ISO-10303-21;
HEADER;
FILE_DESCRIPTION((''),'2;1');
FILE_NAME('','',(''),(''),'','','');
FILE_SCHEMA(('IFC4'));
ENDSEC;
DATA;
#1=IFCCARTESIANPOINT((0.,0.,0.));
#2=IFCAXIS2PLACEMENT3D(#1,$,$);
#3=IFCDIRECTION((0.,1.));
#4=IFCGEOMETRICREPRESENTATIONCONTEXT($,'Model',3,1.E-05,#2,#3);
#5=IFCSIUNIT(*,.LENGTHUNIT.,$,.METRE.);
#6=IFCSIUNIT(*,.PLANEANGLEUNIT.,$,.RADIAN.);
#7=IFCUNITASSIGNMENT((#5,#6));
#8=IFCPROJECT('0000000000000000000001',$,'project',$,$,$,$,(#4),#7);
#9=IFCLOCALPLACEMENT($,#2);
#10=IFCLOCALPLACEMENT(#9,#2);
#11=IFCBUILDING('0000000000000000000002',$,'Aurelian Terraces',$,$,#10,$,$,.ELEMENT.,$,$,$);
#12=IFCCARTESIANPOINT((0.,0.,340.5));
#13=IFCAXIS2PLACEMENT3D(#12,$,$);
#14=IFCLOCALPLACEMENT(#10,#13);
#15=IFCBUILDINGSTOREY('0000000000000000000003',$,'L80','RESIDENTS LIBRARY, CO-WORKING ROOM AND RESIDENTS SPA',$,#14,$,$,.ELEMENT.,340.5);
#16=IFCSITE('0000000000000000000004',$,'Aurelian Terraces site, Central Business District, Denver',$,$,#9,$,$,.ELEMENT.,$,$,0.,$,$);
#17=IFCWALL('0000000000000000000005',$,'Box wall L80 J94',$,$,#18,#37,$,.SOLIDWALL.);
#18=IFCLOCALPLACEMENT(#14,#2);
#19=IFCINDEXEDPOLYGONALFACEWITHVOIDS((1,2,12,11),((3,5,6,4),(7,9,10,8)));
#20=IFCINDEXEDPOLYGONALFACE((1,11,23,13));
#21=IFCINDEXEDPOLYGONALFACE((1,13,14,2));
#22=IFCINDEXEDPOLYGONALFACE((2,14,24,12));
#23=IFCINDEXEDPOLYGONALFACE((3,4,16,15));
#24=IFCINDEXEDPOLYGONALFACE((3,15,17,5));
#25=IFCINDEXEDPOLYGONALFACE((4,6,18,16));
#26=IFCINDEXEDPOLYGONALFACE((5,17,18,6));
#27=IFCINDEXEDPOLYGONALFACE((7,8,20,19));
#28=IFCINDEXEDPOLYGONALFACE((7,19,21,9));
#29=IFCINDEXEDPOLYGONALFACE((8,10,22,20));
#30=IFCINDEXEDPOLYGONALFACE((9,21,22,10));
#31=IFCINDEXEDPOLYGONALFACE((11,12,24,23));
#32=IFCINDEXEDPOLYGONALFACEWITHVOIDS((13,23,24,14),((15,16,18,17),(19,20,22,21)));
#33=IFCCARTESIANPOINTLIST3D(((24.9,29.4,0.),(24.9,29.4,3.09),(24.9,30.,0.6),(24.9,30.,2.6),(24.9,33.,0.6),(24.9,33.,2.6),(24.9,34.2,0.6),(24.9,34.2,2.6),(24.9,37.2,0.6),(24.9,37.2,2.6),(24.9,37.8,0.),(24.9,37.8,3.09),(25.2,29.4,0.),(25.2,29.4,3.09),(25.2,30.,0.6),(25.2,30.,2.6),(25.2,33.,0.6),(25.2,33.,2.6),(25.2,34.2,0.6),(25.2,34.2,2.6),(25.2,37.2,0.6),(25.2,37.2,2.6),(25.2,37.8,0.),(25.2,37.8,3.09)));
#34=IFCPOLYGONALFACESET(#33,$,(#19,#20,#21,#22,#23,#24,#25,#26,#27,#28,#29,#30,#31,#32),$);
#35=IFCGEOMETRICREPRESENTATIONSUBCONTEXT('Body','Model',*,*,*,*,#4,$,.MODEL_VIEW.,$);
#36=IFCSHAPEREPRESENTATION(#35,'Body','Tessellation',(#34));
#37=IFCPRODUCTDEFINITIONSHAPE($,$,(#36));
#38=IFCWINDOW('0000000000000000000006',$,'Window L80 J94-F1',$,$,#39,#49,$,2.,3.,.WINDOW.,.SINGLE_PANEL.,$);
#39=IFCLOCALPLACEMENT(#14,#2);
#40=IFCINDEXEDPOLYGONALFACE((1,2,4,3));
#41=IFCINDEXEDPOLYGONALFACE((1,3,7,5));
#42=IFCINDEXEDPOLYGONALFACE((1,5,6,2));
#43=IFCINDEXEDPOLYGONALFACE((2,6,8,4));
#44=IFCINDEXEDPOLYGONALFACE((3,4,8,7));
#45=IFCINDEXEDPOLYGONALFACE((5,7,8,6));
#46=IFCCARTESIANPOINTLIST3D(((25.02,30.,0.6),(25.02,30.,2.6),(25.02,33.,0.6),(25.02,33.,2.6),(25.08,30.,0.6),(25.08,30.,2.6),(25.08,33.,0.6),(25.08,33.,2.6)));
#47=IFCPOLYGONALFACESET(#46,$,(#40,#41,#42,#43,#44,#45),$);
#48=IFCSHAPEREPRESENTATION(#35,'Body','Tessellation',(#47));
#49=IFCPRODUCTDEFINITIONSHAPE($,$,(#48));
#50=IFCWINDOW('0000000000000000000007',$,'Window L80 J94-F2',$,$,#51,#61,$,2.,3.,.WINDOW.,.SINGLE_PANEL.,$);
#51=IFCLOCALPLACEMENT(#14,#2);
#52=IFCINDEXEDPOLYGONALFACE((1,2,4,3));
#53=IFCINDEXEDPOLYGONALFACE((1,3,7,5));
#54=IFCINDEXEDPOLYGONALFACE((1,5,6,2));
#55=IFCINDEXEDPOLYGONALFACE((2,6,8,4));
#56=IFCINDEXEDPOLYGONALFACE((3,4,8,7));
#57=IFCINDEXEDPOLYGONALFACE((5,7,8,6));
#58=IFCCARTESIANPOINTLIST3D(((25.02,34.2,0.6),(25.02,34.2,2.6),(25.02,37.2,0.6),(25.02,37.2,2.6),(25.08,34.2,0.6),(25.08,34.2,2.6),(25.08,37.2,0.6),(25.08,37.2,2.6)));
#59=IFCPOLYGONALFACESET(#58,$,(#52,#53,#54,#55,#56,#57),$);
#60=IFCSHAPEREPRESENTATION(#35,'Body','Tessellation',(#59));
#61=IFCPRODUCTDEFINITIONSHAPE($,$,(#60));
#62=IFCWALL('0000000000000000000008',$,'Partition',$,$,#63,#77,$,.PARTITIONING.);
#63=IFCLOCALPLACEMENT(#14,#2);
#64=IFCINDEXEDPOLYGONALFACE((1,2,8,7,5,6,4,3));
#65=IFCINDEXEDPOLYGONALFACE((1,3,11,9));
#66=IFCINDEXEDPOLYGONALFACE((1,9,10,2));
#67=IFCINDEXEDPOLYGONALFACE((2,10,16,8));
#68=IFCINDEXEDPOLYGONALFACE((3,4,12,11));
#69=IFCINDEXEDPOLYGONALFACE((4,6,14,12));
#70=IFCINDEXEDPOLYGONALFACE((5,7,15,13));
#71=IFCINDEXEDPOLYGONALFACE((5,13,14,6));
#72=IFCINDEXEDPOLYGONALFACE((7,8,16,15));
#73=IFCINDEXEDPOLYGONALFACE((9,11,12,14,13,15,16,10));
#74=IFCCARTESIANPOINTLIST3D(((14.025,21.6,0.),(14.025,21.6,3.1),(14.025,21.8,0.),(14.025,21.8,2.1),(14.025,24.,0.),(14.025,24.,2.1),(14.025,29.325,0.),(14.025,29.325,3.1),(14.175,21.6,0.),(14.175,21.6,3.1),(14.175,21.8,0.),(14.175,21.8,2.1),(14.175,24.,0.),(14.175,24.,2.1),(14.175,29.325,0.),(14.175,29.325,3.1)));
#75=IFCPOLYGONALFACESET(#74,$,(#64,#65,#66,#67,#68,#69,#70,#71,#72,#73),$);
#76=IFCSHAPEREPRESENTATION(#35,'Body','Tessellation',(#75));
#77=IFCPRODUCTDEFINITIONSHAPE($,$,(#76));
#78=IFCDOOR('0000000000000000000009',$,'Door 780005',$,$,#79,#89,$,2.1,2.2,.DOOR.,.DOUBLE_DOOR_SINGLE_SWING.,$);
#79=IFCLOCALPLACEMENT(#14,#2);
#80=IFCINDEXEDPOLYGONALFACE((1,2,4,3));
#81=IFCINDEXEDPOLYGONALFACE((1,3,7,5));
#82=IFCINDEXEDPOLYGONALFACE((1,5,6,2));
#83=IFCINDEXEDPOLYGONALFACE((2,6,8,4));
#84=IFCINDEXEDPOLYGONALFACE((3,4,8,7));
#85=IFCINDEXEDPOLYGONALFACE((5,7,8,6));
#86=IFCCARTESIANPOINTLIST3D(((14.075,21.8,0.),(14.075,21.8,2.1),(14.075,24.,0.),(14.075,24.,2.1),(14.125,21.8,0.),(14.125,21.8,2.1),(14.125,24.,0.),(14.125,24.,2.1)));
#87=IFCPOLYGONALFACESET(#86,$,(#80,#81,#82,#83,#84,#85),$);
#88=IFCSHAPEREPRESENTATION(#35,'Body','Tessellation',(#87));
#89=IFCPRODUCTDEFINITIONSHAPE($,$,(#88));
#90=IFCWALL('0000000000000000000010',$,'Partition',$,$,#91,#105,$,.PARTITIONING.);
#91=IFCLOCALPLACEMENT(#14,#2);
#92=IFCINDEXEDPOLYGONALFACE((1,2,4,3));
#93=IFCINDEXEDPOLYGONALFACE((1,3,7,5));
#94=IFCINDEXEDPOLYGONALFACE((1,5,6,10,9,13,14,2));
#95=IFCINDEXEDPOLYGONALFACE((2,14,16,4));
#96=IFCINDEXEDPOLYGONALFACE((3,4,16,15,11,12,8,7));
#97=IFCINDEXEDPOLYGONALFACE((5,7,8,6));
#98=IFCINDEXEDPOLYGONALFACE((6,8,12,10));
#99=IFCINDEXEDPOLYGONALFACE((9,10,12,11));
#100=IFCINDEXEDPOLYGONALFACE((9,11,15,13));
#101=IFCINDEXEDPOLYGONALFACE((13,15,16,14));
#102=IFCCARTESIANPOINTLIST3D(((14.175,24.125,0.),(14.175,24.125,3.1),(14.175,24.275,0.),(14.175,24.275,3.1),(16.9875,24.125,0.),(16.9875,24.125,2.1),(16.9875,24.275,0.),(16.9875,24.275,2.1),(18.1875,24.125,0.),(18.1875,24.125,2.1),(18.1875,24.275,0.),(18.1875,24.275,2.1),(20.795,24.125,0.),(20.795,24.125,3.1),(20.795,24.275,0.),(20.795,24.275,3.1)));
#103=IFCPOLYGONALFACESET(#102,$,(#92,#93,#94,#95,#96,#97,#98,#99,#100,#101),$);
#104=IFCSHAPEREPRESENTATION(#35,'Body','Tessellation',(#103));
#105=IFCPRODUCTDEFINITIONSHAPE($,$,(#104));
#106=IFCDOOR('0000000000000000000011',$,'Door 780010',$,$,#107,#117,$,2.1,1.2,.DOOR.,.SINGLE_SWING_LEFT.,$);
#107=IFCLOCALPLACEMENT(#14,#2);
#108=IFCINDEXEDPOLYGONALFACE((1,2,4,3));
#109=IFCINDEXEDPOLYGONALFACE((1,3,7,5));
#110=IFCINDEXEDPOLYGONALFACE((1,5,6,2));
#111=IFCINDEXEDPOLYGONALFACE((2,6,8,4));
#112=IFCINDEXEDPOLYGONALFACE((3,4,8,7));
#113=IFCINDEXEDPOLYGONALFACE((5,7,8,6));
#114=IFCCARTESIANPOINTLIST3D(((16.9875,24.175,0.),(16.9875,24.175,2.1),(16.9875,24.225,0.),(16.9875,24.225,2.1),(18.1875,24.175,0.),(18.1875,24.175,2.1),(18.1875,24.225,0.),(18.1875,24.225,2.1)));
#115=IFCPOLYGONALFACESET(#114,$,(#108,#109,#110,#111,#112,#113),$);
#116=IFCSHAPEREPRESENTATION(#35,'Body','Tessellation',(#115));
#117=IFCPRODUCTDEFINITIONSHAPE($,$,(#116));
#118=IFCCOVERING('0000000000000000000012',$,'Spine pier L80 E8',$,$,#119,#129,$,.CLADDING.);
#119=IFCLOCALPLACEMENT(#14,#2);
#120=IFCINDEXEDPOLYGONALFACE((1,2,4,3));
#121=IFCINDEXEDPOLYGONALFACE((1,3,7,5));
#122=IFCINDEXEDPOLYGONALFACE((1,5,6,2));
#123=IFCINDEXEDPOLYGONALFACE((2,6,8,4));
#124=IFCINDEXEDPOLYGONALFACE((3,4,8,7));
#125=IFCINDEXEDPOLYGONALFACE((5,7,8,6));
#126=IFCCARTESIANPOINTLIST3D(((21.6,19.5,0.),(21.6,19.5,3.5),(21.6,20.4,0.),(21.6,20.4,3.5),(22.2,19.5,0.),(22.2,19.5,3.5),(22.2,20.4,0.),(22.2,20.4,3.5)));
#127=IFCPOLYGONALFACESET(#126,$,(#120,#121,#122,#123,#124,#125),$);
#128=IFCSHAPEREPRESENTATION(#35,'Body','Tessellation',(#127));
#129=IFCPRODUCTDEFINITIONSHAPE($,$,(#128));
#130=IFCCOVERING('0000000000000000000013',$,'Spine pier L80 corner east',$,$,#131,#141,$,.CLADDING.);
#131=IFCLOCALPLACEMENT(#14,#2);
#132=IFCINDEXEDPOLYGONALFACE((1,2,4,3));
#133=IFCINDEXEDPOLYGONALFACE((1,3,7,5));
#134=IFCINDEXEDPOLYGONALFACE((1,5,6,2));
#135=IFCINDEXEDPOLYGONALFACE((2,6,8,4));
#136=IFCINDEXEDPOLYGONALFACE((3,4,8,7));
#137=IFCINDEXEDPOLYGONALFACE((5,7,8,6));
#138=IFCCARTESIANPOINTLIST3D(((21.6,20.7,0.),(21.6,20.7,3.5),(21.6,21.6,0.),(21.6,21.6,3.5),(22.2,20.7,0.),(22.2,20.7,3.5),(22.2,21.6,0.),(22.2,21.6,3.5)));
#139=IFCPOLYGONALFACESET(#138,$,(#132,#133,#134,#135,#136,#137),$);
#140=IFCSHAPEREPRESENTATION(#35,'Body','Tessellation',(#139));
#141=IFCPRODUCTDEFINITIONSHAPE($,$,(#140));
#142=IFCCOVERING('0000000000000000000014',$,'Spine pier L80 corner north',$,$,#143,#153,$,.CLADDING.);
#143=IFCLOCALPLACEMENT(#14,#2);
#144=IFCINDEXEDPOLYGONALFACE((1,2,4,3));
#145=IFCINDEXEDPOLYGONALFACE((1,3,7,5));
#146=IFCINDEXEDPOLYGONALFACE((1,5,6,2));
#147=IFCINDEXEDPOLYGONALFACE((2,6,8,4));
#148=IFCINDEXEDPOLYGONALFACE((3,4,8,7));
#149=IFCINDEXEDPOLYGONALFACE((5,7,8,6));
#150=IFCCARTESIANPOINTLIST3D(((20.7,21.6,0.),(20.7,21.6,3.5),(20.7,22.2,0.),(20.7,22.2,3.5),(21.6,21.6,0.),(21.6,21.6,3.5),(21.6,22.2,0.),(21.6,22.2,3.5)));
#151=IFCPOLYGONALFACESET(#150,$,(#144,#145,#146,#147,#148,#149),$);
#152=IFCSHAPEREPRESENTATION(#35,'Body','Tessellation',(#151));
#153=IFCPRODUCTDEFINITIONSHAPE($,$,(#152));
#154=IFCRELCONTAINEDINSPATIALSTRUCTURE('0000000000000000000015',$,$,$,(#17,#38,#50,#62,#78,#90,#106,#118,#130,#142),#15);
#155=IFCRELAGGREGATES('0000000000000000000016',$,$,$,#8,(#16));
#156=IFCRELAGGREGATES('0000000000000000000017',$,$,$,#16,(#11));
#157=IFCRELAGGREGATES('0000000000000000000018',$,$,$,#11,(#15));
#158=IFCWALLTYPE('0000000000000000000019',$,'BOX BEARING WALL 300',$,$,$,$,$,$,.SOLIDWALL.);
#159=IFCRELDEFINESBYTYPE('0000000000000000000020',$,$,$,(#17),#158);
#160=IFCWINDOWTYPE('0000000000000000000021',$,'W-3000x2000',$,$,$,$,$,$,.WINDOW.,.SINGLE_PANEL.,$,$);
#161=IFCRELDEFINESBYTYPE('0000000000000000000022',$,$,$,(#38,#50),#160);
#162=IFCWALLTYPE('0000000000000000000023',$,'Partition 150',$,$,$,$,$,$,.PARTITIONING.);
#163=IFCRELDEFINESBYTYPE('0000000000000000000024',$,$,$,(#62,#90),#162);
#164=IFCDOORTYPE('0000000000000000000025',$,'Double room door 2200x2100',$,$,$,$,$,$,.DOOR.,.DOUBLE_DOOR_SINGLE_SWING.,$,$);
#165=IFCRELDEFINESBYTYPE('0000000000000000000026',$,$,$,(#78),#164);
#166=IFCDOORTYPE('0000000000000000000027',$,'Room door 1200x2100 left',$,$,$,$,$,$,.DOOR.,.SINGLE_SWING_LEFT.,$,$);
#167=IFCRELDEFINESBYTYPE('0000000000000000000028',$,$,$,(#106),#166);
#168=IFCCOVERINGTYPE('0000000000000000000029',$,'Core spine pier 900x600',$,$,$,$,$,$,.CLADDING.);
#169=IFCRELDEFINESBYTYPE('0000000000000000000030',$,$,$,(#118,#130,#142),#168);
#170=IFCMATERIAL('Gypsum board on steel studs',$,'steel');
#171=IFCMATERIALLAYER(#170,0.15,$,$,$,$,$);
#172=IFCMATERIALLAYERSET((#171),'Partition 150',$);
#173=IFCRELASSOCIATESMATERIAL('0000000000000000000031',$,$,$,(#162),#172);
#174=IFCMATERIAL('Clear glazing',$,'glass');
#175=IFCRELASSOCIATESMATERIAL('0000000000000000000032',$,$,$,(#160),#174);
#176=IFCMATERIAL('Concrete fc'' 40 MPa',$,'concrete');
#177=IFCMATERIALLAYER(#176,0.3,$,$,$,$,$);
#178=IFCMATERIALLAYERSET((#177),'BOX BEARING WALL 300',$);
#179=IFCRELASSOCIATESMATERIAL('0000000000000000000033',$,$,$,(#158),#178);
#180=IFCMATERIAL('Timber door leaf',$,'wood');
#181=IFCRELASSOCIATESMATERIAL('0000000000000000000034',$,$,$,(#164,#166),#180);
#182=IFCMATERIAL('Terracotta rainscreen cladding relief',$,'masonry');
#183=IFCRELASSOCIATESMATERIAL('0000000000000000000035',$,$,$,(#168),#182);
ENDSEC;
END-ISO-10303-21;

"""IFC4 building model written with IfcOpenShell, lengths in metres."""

from ifc_helpers import new_model, si_unit, direction, frame, frame_2d, origin, origin_2d, place, context, subcontext, project, spatial, rectangle, extrude, source, transform, mapped, material, layer, layer_set, type_object, element, fill, save


model = new_model("IFC4")

# Units and contexts
model_context = context("Model", 3, precision=1e-05, world=origin(), true_north=direction((0.0, 1.0)))
body_context = subcontext(model_context, "Body", "Model", "MODEL_VIEW")
ifc_project = project(units=[si_unit("LENGTHUNIT", "METRE"), si_unit("PLANEANGLEUNIT", "RADIAN")], contexts=[model_context])

# Site, building, storey
site_placement = place(None, origin())
site = spatial("IfcSite", under=ifc_project, at=site_placement, Name="Aurelian Terraces site, Central Business District, Denver", CompositionType="ELEMENT", RefElevation=0.0)
building_placement = place(site_placement, origin())
building = spatial("IfcBuilding", under=site, at=building_placement, Name="Aurelian Terraces", CompositionType="ELEMENT")
storey_placement = place(building_placement, frame((0.0, 0.0, 340.5)))
storey = spatial("IfcBuildingStorey", under=building, at=storey_placement, Name="L80", Description="RESIDENTS LIBRARY, CO-WORKING ROOM AND RESIDENTS SPA", CompositionType="ELEMENT", Elevation=340.5)

# Shared definitions
ifc_material_1 = material(Name="Gypsum board on steel studs", Category="steel")
ifc_layer_1 = layer(ifc_material_1, 0.15)
ifc_layer_set_1 = layer_set([ifc_layer_1], Name="Partition 150")
wall_type_1 = type_object("IfcWallType", Name="Partition 150", PredefinedType="PARTITIONING", material=ifc_layer_set_1)
shared_shape_1 = source(origin(), body_context, "Body", "SweptSolid", [
    extrude(rectangle(XDim=1.2, YDim=2.1, at=frame_2d((0.6, 1.05))), frame((0.0, 0.085, 0.0), z_axis=(0.0, -1.0, 0.0), x_axis=(1.0, 0.0, 0.0)), (0.0, 0.0, 1.0), 0.17),
])
ifc_material_2 = material(Name="Timber door leaf", Category="wood")
shared_shape_2 = source(origin(), body_context, "Body", "SweptSolid", [
    extrude(rectangle(XDim=1.2, YDim=2.1, at=frame_2d((0.6, 1.05))), frame((0.0, 0.025, 0.0), z_axis=(0.0, -1.0, 0.0), x_axis=(1.0, 0.0, 0.0)), (0.0, 0.0, 1.0), 0.05),
])

# Shared definitions
ifc_material_3 = material(Name="Concrete fc' 40 MPa", Category="concrete")
ifc_material_4 = material(Name="Clear glazing", Category="glass")

# Wall, openings, windows
shared_shape_3 = source(origin(), body_context, "Body", "SweptSolid", [
    extrude(rectangle(XDim=3.0, YDim=2.0, at=frame_2d((1.5, 1.0))), frame((0.0, 0.16, 0.0), z_axis=(0.0, -1.0, 0.0), x_axis=(1.0, 0.0, 0.0)), (0.0, 0.0, 1.0), 0.32),
])
window_type_1 = type_object("IfcWindowType", Name="W-3000x2000", PartitioningType="SINGLE_PANEL", PredefinedType="WINDOW", material=ifc_material_4)
shared_shape_4 = source(origin(), body_context, "Body", "SweptSolid", [
    extrude(rectangle(XDim=3.0, YDim=2.0, at=frame_2d((1.5, 1.0))), frame((0.0, 0.03, 0.0), z_axis=(0.0, -1.0, 0.0), x_axis=(1.0, 0.0, 0.0)), (0.0, 0.0, 1.0), 0.06),
])
ifc_layer_2 = layer(ifc_material_3, 0.3)
ifc_layer_set_2 = layer_set([ifc_layer_2], Name="BOX BEARING WALL 300")
wall_type_2 = type_object("IfcWallType", Name="BOX BEARING WALL 300", PredefinedType="SOLIDWALL", material=ifc_layer_set_2)
shared_shape_5 = source(origin(), body_context, "Body", "SweptSolid", [
    extrude(rectangle(XDim=8.4, YDim=0.3, at=frame_2d((4.2, 0.0))), origin(), (0.0, 0.0, 1.0), 3.09),
])
wall_1_placement = place(storey_placement, frame((25.05, 29.4, 0.0), z_axis=(0.0, 0.0, 1.0), x_axis=(0.0, 1.0, 0.0)))
wall_1 = element("IfcWall", 1, at=wall_1_placement, inside=storey, type_object=wall_type_2, Name="Box wall L80 J94", PredefinedType="SOLIDWALL", context=body_context, shape_type="MappedRepresentation", body=[
    mapped(shared_shape_5, transform((0.0, 0.0, 0.0), scale=1.0)),
])
opening_1_placement = place(wall_1_placement, frame((0.6, 0.0, 0.6)))
opening_1 = element("IfcOpeningElement", 2, at=opening_1_placement, cuts=wall_1, PredefinedType="OPENING", context=body_context, shape_type="MappedRepresentation", body=[
    mapped(shared_shape_3, transform((0.0, 0.0, 0.0), scale=1.0)),
])
opening_2_placement = place(wall_1_placement, frame((4.8, 0.0, 0.6)))
opening_2 = element("IfcOpeningElement", 3, at=opening_2_placement, cuts=wall_1, PredefinedType="OPENING", context=body_context, shape_type="MappedRepresentation", body=[
    mapped(shared_shape_3, transform((0.0, 0.0, 0.0), scale=1.0)),
])
window_1_placement = place(opening_1_placement, origin())
window_1 = element("IfcWindow", 4, at=window_1_placement, inside=storey, type_object=window_type_1, Name="Window L80 J94-F1", OverallHeight=2.0, OverallWidth=3.0, PartitioningType="SINGLE_PANEL", PredefinedType="WINDOW", context=body_context, shape_type="MappedRepresentation", body=[
    mapped(shared_shape_4, transform((0.0, 0.0, 0.0), scale=1.0)),
])
fill(opening_1, window_1)
window_2_placement = place(opening_2_placement, origin())
window_2 = element("IfcWindow", 5, at=window_2_placement, inside=storey, type_object=window_type_1, Name="Window L80 J94-F2", OverallHeight=2.0, OverallWidth=3.0, PartitioningType="SINGLE_PANEL", PredefinedType="WINDOW", context=body_context, shape_type="MappedRepresentation", body=[
    mapped(shared_shape_4, transform((0.0, 0.0, 0.0), scale=1.0)),
])
fill(opening_2, window_2)

# Walls, openings, doors
shared_shape_6 = source(origin(), body_context, "Body", "SweptSolid", [
    extrude(rectangle(XDim=7.725, YDim=0.15, at=frame_2d((3.8625, 0.0))), origin(), (0.0, 0.0, 1.0), 3.1),
])
wall_2_placement = place(storey_placement, frame((14.1, 29.325, 0.0), z_axis=(0.0, 0.0, 1.0), x_axis=(0.0, -1.0, 0.0)))
wall_2 = element("IfcWall", 6, at=wall_2_placement, inside=storey, type_object=wall_type_1, Name="Partition", PredefinedType="PARTITIONING", context=body_context, shape_type="MappedRepresentation", body=[
    mapped(shared_shape_6, transform((0.0, 0.0, 0.0), scale=1.0)),
])
shared_shape_7 = source(origin(), body_context, "Body", "SweptSolid", [
    extrude(rectangle(XDim=2.2, YDim=2.1, at=frame_2d((1.1, 1.05))), frame((0.0, 0.085, 0.0), z_axis=(0.0, -1.0, 0.0), x_axis=(1.0, 0.0, 0.0)), (0.0, 0.0, 1.0), 0.17),
])
opening_3_placement = place(wall_2_placement, frame((5.325, 0.0, 0.0)))
opening_3 = element("IfcOpeningElement", 7, at=opening_3_placement, cuts=wall_2, PredefinedType="OPENING", context=body_context, shape_type="MappedRepresentation", body=[
    mapped(shared_shape_7, transform((0.0, 0.0, 0.0), scale=1.0)),
])
door_type_1 = type_object("IfcDoorType", Name="Double room door 2200x2100", OperationType="DOUBLE_DOOR_SINGLE_SWING", PredefinedType="DOOR", material=ifc_material_2)
shared_shape_8 = source(origin(), body_context, "Body", "SweptSolid", [
    extrude(rectangle(XDim=2.2, YDim=2.1, at=frame_2d((1.1, 1.05))), frame((0.0, 0.025, 0.0), z_axis=(0.0, -1.0, 0.0), x_axis=(1.0, 0.0, 0.0)), (0.0, 0.0, 1.0), 0.05),
])
door_1_placement = place(opening_3_placement, origin())
door_1 = element("IfcDoor", 8, at=door_1_placement, inside=storey, type_object=door_type_1, Name="Door 780005", OperationType="DOUBLE_DOOR_SINGLE_SWING", OverallHeight=2.1, OverallWidth=2.2, PredefinedType="DOOR", context=body_context, shape_type="MappedRepresentation", body=[
    mapped(shared_shape_8, transform((0.0, 0.0, 0.0), scale=1.0)),
])
fill(opening_3, door_1)
shared_shape_9 = source(origin(), body_context, "Body", "SweptSolid", [
    extrude(rectangle(XDim=6.62, YDim=0.15, at=frame_2d((3.31, 0.0))), origin(), (0.0, 0.0, 1.0), 3.1),
])
wall_3_placement = place(storey_placement, frame((14.175, 24.2, 0.0), z_axis=(0.0, 0.0, 1.0), x_axis=(1.0, 0.0, 0.0)))
wall_3 = element("IfcWall", 9, at=wall_3_placement, inside=storey, type_object=wall_type_1, Name="Partition", PredefinedType="PARTITIONING", context=body_context, shape_type="MappedRepresentation", body=[
    mapped(shared_shape_9, transform((0.0, 0.0, 0.0), scale=1.0)),
])
opening_4_placement = place(wall_3_placement, frame((2.8125, 0.0, 0.0)))
opening_4 = element("IfcOpeningElement", 10, at=opening_4_placement, cuts=wall_3, PredefinedType="OPENING", context=body_context, shape_type="MappedRepresentation", body=[
    mapped(shared_shape_1, transform((0.0, 0.0, 0.0), scale=1.0)),
])
door_type_2 = type_object("IfcDoorType", Name="Room door 1200x2100 left", OperationType="SINGLE_SWING_LEFT", PredefinedType="DOOR", material=ifc_material_2)
door_2_placement = place(opening_4_placement, origin())
door_2 = element("IfcDoor", 11, at=door_2_placement, inside=storey, type_object=door_type_2, Name="Door 780010", OperationType="SINGLE_SWING_LEFT", OverallHeight=2.1, OverallWidth=1.2, PredefinedType="DOOR", context=body_context, shape_type="MappedRepresentation", body=[
    mapped(shared_shape_2, transform((0.0, 0.0, 0.0), scale=1.0)),
])
fill(opening_4, door_2)

# Coverings
ifc_material_5 = material(Name="Terracotta rainscreen cladding relief", Category="masonry")
covering_type = type_object("IfcCoveringType", Name="Core spine pier 900x600", PredefinedType="CLADDING", material=ifc_material_5)
shared_shape_10 = source(origin(), body_context, "Body", "SweptSolid", [
    extrude(rectangle(XDim=0.6, YDim=0.9, at=origin_2d()), origin(), (0.0, 0.0, 1.0), 3.5),
])
for number, where, z_axis, x_axis, name in (
    (12, (21.9, 19.95, 0.0), (0.0, 0.0, 1.0), (1.0, 0.0, 0.0), "Spine pier L80 E8"),
    (13, (21.9, 21.15, 0.0), (0.0, 0.0, 1.0), (1.0, 0.0, 0.0), "Spine pier L80 corner east"),
):
    element("IfcCovering", number, at=place(storey_placement, frame(where, z_axis=z_axis, x_axis=x_axis)), inside=storey, type_object=covering_type, Name=name, PredefinedType="CLADDING", context=body_context, shape_type="MappedRepresentation", body=[
        mapped(shared_shape_10, transform((0.0, 0.0, 0.0), scale=1.0)),
    ])
shared_shape_11 = source(origin(), body_context, "Body", "SweptSolid", [
    extrude(rectangle(XDim=0.9, YDim=0.6, at=origin_2d()), origin(), (0.0, 0.0, 1.0), 3.5),
])
covering_placement = place(storey_placement, frame((21.15, 21.9, 0.0), z_axis=(0.0, 0.0, 1.0), x_axis=(1.0, 0.0, 0.0)))
element("IfcCovering", 14, at=covering_placement, inside=storey, type_object=covering_type, Name="Spine pier L80 corner north", PredefinedType="CLADDING", context=body_context, shape_type="MappedRepresentation", body=[
    mapped(shared_shape_11, transform((0.0, 0.0, 0.0), scale=1.0)),
])

save(model, "model.ifc")
